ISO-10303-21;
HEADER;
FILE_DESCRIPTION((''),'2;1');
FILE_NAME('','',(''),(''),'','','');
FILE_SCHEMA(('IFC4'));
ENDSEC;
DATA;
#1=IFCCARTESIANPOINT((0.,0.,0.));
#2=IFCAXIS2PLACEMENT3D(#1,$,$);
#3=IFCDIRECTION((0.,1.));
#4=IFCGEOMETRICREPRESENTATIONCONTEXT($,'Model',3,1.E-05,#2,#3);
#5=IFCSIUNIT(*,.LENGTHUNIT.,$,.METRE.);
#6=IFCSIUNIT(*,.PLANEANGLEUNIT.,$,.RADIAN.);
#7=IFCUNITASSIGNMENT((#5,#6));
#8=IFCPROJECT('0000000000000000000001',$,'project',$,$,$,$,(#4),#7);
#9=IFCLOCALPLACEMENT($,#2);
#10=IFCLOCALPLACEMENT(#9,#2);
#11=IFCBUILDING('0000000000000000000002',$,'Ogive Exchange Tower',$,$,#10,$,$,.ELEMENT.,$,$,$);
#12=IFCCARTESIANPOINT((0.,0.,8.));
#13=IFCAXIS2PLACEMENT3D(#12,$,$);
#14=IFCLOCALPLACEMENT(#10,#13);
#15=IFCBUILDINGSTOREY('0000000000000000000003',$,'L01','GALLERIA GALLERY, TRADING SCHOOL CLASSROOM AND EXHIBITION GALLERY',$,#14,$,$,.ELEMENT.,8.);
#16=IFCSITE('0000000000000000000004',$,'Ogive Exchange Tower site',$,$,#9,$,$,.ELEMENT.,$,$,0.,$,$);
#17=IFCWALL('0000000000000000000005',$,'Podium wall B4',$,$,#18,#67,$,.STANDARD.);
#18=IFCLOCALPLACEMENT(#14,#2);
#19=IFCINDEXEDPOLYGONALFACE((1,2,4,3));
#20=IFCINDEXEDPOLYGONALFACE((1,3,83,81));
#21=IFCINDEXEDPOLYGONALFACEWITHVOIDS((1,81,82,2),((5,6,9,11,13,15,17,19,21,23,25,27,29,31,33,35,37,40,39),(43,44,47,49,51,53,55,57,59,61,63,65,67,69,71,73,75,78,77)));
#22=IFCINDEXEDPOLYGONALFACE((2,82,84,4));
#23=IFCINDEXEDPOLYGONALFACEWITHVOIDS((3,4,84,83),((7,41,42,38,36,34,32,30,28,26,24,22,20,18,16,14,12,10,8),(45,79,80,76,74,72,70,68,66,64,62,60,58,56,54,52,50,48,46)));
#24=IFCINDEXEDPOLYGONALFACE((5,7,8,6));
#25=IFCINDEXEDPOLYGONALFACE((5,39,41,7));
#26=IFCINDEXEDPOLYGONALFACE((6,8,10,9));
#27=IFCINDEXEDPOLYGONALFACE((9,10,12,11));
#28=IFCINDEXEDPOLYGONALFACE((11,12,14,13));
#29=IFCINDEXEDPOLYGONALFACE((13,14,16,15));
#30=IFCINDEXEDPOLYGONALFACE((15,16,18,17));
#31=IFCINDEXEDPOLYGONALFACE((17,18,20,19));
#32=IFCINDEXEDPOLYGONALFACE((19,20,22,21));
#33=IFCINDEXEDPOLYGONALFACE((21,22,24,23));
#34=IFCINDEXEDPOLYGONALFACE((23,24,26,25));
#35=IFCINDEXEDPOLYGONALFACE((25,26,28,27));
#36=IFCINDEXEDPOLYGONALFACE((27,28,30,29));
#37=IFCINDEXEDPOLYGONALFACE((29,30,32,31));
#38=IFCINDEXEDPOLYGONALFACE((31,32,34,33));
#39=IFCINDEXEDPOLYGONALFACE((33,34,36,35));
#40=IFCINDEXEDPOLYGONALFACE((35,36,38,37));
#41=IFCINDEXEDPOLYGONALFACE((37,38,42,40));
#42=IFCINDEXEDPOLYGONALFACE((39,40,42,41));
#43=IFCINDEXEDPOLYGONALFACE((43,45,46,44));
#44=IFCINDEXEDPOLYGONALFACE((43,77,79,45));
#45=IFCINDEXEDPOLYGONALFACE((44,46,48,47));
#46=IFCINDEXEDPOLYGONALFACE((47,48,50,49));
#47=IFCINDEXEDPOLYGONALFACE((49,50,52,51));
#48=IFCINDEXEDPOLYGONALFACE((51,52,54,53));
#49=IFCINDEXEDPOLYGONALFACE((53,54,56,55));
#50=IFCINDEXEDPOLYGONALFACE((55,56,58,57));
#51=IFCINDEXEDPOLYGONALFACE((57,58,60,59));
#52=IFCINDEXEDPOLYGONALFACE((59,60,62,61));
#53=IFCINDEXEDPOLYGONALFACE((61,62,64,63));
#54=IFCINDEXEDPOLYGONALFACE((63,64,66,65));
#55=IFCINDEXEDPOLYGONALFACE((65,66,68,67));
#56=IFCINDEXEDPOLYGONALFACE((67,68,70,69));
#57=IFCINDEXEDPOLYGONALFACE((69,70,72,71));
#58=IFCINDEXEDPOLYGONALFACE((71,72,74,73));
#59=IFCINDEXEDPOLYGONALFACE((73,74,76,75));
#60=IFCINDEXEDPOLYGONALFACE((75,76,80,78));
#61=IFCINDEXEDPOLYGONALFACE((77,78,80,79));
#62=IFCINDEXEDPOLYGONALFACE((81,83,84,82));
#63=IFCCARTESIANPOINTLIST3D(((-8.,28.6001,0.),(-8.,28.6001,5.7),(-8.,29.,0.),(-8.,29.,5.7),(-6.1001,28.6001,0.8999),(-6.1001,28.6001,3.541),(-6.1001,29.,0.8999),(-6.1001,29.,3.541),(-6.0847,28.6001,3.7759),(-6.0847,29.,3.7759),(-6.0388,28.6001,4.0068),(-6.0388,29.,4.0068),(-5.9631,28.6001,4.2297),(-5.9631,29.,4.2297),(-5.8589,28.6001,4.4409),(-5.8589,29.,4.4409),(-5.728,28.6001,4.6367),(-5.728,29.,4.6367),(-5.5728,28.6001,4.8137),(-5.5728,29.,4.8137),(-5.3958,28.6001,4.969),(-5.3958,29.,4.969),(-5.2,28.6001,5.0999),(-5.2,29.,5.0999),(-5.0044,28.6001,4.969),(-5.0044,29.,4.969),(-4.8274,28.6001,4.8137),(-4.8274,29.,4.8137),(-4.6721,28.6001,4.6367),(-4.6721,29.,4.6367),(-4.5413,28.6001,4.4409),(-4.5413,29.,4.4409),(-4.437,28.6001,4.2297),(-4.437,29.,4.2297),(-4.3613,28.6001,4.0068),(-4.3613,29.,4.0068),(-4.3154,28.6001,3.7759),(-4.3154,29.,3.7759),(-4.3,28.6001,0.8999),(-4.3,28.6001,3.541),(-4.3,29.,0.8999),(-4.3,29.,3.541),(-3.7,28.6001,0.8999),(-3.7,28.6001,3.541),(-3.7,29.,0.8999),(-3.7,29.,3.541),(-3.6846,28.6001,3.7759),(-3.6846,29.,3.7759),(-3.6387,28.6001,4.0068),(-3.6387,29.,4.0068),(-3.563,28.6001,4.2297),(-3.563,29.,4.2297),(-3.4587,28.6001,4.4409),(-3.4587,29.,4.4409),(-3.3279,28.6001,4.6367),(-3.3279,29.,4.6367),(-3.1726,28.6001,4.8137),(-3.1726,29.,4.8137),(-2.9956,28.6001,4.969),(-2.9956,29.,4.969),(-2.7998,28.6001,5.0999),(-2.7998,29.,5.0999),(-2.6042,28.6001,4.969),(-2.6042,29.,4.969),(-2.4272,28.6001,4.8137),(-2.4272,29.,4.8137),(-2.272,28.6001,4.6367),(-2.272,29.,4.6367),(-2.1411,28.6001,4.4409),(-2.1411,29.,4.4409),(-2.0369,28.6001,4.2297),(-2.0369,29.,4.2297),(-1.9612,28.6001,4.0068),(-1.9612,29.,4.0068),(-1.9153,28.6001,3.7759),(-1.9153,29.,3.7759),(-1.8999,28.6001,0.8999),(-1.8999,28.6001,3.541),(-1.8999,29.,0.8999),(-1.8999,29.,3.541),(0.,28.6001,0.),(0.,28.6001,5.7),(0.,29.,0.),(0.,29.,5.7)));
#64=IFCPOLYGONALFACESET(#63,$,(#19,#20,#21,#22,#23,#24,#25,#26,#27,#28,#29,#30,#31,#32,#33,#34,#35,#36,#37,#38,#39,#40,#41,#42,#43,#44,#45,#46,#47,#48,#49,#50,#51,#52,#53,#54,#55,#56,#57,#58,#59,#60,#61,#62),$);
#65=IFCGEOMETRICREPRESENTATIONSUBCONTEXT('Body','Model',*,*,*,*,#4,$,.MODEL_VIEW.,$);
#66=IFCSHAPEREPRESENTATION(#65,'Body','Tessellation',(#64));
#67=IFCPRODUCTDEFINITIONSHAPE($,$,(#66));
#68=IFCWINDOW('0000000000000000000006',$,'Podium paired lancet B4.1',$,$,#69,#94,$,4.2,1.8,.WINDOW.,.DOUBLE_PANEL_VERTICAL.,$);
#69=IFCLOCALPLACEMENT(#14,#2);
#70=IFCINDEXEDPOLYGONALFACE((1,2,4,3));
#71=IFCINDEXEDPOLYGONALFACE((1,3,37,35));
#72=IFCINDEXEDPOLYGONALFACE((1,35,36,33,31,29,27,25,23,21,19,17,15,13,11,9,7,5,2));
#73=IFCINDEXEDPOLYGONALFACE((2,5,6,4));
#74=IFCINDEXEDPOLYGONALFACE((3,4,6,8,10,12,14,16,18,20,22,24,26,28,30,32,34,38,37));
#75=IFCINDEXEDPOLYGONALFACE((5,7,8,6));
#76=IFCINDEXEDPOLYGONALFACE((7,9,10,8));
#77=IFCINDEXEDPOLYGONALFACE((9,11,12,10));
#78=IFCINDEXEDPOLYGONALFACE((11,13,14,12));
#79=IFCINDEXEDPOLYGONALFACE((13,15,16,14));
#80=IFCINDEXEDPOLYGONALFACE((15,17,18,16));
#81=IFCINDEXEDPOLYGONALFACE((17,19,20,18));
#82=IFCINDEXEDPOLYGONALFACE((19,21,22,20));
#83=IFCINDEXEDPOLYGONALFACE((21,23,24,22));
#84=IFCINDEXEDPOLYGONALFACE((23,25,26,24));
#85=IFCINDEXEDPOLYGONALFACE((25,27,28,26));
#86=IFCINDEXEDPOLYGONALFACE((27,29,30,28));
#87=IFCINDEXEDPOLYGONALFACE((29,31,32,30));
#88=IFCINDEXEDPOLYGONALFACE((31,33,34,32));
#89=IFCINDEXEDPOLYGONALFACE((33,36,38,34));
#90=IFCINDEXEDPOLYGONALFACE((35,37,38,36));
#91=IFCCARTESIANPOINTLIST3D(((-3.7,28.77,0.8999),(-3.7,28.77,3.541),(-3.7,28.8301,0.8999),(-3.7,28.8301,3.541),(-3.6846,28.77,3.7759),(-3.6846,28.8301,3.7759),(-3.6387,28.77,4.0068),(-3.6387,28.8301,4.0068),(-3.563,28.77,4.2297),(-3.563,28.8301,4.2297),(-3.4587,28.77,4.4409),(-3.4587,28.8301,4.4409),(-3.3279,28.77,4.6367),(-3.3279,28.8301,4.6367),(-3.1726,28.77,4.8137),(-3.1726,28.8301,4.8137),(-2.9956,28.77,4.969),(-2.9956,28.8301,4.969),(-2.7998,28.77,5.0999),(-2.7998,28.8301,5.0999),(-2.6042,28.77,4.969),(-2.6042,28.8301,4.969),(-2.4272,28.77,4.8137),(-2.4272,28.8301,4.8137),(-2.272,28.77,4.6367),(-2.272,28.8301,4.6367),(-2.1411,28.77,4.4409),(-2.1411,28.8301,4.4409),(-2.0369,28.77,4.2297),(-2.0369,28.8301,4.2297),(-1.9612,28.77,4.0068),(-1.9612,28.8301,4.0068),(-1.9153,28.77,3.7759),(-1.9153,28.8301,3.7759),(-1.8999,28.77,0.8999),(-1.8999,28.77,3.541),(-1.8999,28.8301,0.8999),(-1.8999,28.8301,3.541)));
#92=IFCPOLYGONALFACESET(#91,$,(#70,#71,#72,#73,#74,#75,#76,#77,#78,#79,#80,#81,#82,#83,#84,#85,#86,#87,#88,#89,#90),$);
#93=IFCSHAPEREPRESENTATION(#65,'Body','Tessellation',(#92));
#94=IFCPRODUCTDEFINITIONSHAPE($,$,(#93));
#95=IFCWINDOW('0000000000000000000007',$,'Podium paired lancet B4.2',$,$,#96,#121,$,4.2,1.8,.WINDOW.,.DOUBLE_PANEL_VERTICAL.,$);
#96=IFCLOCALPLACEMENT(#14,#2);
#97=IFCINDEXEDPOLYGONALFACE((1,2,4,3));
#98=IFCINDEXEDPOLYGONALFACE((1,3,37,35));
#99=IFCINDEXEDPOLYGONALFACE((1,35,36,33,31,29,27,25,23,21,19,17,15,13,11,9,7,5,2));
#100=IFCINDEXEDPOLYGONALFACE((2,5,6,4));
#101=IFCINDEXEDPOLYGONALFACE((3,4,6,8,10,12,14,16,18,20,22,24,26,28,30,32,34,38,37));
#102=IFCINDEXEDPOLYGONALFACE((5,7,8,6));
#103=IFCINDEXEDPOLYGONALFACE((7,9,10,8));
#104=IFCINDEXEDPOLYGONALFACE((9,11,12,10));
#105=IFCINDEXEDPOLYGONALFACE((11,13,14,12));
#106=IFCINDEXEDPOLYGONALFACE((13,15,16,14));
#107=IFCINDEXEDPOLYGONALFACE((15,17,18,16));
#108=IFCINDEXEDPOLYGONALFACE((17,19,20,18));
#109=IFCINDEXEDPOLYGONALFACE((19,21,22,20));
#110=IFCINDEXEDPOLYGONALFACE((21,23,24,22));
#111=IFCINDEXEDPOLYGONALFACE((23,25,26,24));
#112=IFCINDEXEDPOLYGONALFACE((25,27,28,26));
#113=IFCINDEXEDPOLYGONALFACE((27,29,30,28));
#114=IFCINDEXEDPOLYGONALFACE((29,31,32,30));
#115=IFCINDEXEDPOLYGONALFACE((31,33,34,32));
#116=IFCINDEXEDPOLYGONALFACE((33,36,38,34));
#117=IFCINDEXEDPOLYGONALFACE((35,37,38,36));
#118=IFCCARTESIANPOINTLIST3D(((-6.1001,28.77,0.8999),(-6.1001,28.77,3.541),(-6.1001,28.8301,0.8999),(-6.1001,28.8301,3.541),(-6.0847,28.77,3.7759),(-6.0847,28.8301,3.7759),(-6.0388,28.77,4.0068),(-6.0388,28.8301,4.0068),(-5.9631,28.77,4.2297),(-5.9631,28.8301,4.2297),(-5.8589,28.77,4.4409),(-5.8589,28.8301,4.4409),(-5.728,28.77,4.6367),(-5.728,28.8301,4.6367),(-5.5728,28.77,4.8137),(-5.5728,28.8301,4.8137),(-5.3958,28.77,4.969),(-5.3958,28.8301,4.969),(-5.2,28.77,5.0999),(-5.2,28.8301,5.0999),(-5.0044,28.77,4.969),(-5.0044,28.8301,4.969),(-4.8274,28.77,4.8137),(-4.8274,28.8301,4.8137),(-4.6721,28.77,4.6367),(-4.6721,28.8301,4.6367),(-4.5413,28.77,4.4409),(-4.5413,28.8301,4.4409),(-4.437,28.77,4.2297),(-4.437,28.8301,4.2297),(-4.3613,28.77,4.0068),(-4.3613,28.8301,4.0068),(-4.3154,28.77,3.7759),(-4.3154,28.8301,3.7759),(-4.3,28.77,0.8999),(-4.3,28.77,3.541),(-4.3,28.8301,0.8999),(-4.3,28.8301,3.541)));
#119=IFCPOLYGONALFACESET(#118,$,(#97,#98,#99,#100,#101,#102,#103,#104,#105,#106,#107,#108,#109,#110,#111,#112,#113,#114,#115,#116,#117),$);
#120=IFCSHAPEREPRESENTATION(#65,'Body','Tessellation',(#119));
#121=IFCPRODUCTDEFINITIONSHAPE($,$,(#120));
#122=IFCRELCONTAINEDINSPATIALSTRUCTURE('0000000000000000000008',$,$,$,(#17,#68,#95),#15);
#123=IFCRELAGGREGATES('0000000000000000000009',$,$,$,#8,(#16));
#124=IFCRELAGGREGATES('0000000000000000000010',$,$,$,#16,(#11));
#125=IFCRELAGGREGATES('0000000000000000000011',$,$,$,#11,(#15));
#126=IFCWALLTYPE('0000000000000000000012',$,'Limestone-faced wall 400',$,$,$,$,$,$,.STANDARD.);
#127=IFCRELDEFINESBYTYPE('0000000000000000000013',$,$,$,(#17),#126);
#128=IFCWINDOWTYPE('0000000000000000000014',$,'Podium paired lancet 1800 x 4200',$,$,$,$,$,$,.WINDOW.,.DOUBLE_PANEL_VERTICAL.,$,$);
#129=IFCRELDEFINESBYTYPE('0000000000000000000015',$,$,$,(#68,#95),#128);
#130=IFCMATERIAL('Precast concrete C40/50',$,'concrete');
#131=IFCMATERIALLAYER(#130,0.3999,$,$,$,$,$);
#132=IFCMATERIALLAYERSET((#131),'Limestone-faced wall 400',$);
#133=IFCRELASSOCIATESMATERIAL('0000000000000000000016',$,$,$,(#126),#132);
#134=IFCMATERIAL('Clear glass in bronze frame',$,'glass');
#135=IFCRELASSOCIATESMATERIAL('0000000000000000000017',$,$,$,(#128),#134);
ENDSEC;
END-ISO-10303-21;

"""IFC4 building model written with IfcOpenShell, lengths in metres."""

from ifc_helpers import new_model, si_unit, direction, frame, frame_2d, origin, place, context, subcontext, project, spatial, polyline, rectangle, outline, extrude, material, layer, layer_set, type_object, element, fill, save


model = new_model("IFC4")

# Units and contexts
model_context = context("Model", 3, precision=1e-05, world=origin(), true_north=direction((0.0, 1.0)))
body_context = subcontext(model_context, "Body", "Model", "MODEL_VIEW")
ifc_project = project(units=[si_unit("LENGTHUNIT", "METRE"), si_unit("PLANEANGLEUNIT", "RADIAN")], contexts=[model_context])

# Site, building, storey
site_placement = place(None, origin())
site = spatial("IfcSite", under=ifc_project, at=site_placement, Name="Ogive Exchange Tower site", CompositionType="ELEMENT", RefElevation=0.0)
building_placement = place(site_placement, origin())
building = spatial("IfcBuilding", under=site, at=building_placement, Name="Ogive Exchange Tower", CompositionType="ELEMENT")
storey_placement = place(building_placement, frame((0.0, 0.0, 8.0)))
storey = spatial("IfcBuildingStorey", under=building, at=storey_placement, Name="L01", Description="GALLERIA GALLERY, TRADING SCHOOL CLASSROOM AND EXHIBITION GALLERY", CompositionType="ELEMENT", Elevation=8.0)

# Wall, openings, windows
ifc_material_1 = material(Name="Precast concrete C40/50", Category="concrete")
ifc_layer_1 = layer(ifc_material_1, 0.3999)
ifc_layer_set_1 = layer_set([ifc_layer_1], Name="Limestone-faced wall 400")
wall_type_1 = type_object("IfcWallType", Name="Limestone-faced wall 400", PredefinedType="STANDARD", material=ifc_layer_set_1)
wall_1_placement = place(storey_placement, frame((0.0, 28.8, 0.0), z_axis=(0.0, 0.0, 1.0), x_axis=(-1.0, 0.0, 0.0)))
wall_1 = element("IfcWall", 1, at=wall_1_placement, inside=storey, type_object=wall_type_1, Name="Podium wall B4", PredefinedType="STANDARD", context=body_context, shape_type="SweptSolid", body=[
    extrude(rectangle(XDim=8.0, YDim=0.3999, at=frame_2d((4.0, 0.0))), origin(), (0.0, 0.0, 1.0), 5.7),
])
opening_1_placement = place(wall_1_placement, frame((1.8999, 0.0, 0.8999)))
opening_1 = element("IfcOpeningElement", 2, at=opening_1_placement, cuts=wall_1, PredefinedType="OPENING", context=body_context, shape_type="SweptSolid", body=[
    extrude(outline(polyline([(0.0, 0.0), (1.8, 0.0), (1.8, 2.6411), (1.7847, 2.876), (1.7388, 3.1069), (1.6631, 3.3298), (1.5588, 3.541), (1.428, 3.7368), (1.2727, 3.9138), (1.0957, 4.0691), (0.8999, 4.2), (0.7043, 4.0691), (0.5273, 3.9138), (0.3721, 3.7368), (0.2412, 3.541), (0.137, 3.3298), (0.0613, 3.1069), (0.0154, 2.876), (0.0, 2.6411), (0.0, 0.0)])), frame((0.0, 0.21, 0.0), z_axis=(0.0, -1.0, 0.0), x_axis=(1.0, 0.0, 0.0)), (0.0, 0.0, 1.0), 0.4199),
])
opening_2_placement = place(wall_1_placement, frame((4.3, 0.0, 0.8999)))
opening_2 = element("IfcOpeningElement", 3, at=opening_2_placement, cuts=wall_1, PredefinedType="OPENING", context=body_context, shape_type="SweptSolid", body=[
    extrude(outline(polyline([(0.0, 0.0), (1.8, 0.0), (1.8, 2.6411), (1.7847, 2.876), (1.7388, 3.1069), (1.6631, 3.3298), (1.5588, 3.541), (1.428, 3.7368), (1.2727, 3.9138), (1.0957, 4.0691), (0.8999, 4.2), (0.7043, 4.0691), (0.5273, 3.9138), (0.3721, 3.7368), (0.2412, 3.541), (0.137, 3.3298), (0.0613, 3.1069), (0.0154, 2.876), (0.0, 2.6411), (0.0, 0.0)])), frame((0.0, 0.21, 0.0), z_axis=(0.0, -1.0, 0.0), x_axis=(1.0, 0.0, 0.0)), (0.0, 0.0, 1.0), 0.4199),
])
ifc_material_2 = material(Name="Clear glass in bronze frame", Category="glass")
window_type = type_object("IfcWindowType", Name="Podium paired lancet 1800 x 4200", PartitioningType="DOUBLE_PANEL_VERTICAL", PredefinedType="WINDOW", material=ifc_material_2)
window_1_placement = place(opening_1_placement, origin())
window_1 = element("IfcWindow", 4, at=window_1_placement, inside=storey, type_object=window_type, Name="Podium paired lancet B4.1", OverallHeight=4.2, OverallWidth=1.8, PartitioningType="DOUBLE_PANEL_VERTICAL", PredefinedType="WINDOW", context=body_context, shape_type="SweptSolid", body=[
    extrude(outline(polyline([(0.0, 0.0), (1.8, 0.0), (1.8, 2.6411), (1.7847, 2.876), (1.7388, 3.1069), (1.6631, 3.3298), (1.5588, 3.541), (1.428, 3.7368), (1.2727, 3.9138), (1.0957, 4.0691), (0.8999, 4.2), (0.7043, 4.0691), (0.5273, 3.9138), (0.3721, 3.7368), (0.2412, 3.541), (0.137, 3.3298), (0.0613, 3.1069), (0.0154, 2.876), (0.0, 2.6411), (0.0, 0.0)])), frame((0.0, 0.03, 0.0), z_axis=(0.0, -1.0, 0.0), x_axis=(1.0, 0.0, 0.0)), (0.0, 0.0, 1.0), 0.0601),
])
fill(opening_1, window_1)
window_2_placement = place(opening_2_placement, origin())
window_2 = element("IfcWindow", 5, at=window_2_placement, inside=storey, type_object=window_type, Name="Podium paired lancet B4.2", OverallHeight=4.2, OverallWidth=1.8, PartitioningType="DOUBLE_PANEL_VERTICAL", PredefinedType="WINDOW", context=body_context, shape_type="SweptSolid", body=[
    extrude(outline(polyline([(0.0, 0.0), (1.8, 0.0), (1.8, 2.6411), (1.7847, 2.876), (1.7388, 3.1069), (1.6631, 3.3298), (1.5588, 3.541), (1.428, 3.7368), (1.2727, 3.9138), (1.0957, 4.0691), (0.8999, 4.2), (0.7043, 4.0691), (0.5273, 3.9138), (0.3721, 3.7368), (0.2412, 3.541), (0.137, 3.3298), (0.0613, 3.1069), (0.0154, 2.876), (0.0, 2.6411), (0.0, 0.0)])), frame((0.0, 0.03, 0.0), z_axis=(0.0, -1.0, 0.0), x_axis=(1.0, 0.0, 0.0)), (0.0, 0.0, 1.0), 0.0601),
])
fill(opening_2, window_2)

save(model, "model.ifc")
